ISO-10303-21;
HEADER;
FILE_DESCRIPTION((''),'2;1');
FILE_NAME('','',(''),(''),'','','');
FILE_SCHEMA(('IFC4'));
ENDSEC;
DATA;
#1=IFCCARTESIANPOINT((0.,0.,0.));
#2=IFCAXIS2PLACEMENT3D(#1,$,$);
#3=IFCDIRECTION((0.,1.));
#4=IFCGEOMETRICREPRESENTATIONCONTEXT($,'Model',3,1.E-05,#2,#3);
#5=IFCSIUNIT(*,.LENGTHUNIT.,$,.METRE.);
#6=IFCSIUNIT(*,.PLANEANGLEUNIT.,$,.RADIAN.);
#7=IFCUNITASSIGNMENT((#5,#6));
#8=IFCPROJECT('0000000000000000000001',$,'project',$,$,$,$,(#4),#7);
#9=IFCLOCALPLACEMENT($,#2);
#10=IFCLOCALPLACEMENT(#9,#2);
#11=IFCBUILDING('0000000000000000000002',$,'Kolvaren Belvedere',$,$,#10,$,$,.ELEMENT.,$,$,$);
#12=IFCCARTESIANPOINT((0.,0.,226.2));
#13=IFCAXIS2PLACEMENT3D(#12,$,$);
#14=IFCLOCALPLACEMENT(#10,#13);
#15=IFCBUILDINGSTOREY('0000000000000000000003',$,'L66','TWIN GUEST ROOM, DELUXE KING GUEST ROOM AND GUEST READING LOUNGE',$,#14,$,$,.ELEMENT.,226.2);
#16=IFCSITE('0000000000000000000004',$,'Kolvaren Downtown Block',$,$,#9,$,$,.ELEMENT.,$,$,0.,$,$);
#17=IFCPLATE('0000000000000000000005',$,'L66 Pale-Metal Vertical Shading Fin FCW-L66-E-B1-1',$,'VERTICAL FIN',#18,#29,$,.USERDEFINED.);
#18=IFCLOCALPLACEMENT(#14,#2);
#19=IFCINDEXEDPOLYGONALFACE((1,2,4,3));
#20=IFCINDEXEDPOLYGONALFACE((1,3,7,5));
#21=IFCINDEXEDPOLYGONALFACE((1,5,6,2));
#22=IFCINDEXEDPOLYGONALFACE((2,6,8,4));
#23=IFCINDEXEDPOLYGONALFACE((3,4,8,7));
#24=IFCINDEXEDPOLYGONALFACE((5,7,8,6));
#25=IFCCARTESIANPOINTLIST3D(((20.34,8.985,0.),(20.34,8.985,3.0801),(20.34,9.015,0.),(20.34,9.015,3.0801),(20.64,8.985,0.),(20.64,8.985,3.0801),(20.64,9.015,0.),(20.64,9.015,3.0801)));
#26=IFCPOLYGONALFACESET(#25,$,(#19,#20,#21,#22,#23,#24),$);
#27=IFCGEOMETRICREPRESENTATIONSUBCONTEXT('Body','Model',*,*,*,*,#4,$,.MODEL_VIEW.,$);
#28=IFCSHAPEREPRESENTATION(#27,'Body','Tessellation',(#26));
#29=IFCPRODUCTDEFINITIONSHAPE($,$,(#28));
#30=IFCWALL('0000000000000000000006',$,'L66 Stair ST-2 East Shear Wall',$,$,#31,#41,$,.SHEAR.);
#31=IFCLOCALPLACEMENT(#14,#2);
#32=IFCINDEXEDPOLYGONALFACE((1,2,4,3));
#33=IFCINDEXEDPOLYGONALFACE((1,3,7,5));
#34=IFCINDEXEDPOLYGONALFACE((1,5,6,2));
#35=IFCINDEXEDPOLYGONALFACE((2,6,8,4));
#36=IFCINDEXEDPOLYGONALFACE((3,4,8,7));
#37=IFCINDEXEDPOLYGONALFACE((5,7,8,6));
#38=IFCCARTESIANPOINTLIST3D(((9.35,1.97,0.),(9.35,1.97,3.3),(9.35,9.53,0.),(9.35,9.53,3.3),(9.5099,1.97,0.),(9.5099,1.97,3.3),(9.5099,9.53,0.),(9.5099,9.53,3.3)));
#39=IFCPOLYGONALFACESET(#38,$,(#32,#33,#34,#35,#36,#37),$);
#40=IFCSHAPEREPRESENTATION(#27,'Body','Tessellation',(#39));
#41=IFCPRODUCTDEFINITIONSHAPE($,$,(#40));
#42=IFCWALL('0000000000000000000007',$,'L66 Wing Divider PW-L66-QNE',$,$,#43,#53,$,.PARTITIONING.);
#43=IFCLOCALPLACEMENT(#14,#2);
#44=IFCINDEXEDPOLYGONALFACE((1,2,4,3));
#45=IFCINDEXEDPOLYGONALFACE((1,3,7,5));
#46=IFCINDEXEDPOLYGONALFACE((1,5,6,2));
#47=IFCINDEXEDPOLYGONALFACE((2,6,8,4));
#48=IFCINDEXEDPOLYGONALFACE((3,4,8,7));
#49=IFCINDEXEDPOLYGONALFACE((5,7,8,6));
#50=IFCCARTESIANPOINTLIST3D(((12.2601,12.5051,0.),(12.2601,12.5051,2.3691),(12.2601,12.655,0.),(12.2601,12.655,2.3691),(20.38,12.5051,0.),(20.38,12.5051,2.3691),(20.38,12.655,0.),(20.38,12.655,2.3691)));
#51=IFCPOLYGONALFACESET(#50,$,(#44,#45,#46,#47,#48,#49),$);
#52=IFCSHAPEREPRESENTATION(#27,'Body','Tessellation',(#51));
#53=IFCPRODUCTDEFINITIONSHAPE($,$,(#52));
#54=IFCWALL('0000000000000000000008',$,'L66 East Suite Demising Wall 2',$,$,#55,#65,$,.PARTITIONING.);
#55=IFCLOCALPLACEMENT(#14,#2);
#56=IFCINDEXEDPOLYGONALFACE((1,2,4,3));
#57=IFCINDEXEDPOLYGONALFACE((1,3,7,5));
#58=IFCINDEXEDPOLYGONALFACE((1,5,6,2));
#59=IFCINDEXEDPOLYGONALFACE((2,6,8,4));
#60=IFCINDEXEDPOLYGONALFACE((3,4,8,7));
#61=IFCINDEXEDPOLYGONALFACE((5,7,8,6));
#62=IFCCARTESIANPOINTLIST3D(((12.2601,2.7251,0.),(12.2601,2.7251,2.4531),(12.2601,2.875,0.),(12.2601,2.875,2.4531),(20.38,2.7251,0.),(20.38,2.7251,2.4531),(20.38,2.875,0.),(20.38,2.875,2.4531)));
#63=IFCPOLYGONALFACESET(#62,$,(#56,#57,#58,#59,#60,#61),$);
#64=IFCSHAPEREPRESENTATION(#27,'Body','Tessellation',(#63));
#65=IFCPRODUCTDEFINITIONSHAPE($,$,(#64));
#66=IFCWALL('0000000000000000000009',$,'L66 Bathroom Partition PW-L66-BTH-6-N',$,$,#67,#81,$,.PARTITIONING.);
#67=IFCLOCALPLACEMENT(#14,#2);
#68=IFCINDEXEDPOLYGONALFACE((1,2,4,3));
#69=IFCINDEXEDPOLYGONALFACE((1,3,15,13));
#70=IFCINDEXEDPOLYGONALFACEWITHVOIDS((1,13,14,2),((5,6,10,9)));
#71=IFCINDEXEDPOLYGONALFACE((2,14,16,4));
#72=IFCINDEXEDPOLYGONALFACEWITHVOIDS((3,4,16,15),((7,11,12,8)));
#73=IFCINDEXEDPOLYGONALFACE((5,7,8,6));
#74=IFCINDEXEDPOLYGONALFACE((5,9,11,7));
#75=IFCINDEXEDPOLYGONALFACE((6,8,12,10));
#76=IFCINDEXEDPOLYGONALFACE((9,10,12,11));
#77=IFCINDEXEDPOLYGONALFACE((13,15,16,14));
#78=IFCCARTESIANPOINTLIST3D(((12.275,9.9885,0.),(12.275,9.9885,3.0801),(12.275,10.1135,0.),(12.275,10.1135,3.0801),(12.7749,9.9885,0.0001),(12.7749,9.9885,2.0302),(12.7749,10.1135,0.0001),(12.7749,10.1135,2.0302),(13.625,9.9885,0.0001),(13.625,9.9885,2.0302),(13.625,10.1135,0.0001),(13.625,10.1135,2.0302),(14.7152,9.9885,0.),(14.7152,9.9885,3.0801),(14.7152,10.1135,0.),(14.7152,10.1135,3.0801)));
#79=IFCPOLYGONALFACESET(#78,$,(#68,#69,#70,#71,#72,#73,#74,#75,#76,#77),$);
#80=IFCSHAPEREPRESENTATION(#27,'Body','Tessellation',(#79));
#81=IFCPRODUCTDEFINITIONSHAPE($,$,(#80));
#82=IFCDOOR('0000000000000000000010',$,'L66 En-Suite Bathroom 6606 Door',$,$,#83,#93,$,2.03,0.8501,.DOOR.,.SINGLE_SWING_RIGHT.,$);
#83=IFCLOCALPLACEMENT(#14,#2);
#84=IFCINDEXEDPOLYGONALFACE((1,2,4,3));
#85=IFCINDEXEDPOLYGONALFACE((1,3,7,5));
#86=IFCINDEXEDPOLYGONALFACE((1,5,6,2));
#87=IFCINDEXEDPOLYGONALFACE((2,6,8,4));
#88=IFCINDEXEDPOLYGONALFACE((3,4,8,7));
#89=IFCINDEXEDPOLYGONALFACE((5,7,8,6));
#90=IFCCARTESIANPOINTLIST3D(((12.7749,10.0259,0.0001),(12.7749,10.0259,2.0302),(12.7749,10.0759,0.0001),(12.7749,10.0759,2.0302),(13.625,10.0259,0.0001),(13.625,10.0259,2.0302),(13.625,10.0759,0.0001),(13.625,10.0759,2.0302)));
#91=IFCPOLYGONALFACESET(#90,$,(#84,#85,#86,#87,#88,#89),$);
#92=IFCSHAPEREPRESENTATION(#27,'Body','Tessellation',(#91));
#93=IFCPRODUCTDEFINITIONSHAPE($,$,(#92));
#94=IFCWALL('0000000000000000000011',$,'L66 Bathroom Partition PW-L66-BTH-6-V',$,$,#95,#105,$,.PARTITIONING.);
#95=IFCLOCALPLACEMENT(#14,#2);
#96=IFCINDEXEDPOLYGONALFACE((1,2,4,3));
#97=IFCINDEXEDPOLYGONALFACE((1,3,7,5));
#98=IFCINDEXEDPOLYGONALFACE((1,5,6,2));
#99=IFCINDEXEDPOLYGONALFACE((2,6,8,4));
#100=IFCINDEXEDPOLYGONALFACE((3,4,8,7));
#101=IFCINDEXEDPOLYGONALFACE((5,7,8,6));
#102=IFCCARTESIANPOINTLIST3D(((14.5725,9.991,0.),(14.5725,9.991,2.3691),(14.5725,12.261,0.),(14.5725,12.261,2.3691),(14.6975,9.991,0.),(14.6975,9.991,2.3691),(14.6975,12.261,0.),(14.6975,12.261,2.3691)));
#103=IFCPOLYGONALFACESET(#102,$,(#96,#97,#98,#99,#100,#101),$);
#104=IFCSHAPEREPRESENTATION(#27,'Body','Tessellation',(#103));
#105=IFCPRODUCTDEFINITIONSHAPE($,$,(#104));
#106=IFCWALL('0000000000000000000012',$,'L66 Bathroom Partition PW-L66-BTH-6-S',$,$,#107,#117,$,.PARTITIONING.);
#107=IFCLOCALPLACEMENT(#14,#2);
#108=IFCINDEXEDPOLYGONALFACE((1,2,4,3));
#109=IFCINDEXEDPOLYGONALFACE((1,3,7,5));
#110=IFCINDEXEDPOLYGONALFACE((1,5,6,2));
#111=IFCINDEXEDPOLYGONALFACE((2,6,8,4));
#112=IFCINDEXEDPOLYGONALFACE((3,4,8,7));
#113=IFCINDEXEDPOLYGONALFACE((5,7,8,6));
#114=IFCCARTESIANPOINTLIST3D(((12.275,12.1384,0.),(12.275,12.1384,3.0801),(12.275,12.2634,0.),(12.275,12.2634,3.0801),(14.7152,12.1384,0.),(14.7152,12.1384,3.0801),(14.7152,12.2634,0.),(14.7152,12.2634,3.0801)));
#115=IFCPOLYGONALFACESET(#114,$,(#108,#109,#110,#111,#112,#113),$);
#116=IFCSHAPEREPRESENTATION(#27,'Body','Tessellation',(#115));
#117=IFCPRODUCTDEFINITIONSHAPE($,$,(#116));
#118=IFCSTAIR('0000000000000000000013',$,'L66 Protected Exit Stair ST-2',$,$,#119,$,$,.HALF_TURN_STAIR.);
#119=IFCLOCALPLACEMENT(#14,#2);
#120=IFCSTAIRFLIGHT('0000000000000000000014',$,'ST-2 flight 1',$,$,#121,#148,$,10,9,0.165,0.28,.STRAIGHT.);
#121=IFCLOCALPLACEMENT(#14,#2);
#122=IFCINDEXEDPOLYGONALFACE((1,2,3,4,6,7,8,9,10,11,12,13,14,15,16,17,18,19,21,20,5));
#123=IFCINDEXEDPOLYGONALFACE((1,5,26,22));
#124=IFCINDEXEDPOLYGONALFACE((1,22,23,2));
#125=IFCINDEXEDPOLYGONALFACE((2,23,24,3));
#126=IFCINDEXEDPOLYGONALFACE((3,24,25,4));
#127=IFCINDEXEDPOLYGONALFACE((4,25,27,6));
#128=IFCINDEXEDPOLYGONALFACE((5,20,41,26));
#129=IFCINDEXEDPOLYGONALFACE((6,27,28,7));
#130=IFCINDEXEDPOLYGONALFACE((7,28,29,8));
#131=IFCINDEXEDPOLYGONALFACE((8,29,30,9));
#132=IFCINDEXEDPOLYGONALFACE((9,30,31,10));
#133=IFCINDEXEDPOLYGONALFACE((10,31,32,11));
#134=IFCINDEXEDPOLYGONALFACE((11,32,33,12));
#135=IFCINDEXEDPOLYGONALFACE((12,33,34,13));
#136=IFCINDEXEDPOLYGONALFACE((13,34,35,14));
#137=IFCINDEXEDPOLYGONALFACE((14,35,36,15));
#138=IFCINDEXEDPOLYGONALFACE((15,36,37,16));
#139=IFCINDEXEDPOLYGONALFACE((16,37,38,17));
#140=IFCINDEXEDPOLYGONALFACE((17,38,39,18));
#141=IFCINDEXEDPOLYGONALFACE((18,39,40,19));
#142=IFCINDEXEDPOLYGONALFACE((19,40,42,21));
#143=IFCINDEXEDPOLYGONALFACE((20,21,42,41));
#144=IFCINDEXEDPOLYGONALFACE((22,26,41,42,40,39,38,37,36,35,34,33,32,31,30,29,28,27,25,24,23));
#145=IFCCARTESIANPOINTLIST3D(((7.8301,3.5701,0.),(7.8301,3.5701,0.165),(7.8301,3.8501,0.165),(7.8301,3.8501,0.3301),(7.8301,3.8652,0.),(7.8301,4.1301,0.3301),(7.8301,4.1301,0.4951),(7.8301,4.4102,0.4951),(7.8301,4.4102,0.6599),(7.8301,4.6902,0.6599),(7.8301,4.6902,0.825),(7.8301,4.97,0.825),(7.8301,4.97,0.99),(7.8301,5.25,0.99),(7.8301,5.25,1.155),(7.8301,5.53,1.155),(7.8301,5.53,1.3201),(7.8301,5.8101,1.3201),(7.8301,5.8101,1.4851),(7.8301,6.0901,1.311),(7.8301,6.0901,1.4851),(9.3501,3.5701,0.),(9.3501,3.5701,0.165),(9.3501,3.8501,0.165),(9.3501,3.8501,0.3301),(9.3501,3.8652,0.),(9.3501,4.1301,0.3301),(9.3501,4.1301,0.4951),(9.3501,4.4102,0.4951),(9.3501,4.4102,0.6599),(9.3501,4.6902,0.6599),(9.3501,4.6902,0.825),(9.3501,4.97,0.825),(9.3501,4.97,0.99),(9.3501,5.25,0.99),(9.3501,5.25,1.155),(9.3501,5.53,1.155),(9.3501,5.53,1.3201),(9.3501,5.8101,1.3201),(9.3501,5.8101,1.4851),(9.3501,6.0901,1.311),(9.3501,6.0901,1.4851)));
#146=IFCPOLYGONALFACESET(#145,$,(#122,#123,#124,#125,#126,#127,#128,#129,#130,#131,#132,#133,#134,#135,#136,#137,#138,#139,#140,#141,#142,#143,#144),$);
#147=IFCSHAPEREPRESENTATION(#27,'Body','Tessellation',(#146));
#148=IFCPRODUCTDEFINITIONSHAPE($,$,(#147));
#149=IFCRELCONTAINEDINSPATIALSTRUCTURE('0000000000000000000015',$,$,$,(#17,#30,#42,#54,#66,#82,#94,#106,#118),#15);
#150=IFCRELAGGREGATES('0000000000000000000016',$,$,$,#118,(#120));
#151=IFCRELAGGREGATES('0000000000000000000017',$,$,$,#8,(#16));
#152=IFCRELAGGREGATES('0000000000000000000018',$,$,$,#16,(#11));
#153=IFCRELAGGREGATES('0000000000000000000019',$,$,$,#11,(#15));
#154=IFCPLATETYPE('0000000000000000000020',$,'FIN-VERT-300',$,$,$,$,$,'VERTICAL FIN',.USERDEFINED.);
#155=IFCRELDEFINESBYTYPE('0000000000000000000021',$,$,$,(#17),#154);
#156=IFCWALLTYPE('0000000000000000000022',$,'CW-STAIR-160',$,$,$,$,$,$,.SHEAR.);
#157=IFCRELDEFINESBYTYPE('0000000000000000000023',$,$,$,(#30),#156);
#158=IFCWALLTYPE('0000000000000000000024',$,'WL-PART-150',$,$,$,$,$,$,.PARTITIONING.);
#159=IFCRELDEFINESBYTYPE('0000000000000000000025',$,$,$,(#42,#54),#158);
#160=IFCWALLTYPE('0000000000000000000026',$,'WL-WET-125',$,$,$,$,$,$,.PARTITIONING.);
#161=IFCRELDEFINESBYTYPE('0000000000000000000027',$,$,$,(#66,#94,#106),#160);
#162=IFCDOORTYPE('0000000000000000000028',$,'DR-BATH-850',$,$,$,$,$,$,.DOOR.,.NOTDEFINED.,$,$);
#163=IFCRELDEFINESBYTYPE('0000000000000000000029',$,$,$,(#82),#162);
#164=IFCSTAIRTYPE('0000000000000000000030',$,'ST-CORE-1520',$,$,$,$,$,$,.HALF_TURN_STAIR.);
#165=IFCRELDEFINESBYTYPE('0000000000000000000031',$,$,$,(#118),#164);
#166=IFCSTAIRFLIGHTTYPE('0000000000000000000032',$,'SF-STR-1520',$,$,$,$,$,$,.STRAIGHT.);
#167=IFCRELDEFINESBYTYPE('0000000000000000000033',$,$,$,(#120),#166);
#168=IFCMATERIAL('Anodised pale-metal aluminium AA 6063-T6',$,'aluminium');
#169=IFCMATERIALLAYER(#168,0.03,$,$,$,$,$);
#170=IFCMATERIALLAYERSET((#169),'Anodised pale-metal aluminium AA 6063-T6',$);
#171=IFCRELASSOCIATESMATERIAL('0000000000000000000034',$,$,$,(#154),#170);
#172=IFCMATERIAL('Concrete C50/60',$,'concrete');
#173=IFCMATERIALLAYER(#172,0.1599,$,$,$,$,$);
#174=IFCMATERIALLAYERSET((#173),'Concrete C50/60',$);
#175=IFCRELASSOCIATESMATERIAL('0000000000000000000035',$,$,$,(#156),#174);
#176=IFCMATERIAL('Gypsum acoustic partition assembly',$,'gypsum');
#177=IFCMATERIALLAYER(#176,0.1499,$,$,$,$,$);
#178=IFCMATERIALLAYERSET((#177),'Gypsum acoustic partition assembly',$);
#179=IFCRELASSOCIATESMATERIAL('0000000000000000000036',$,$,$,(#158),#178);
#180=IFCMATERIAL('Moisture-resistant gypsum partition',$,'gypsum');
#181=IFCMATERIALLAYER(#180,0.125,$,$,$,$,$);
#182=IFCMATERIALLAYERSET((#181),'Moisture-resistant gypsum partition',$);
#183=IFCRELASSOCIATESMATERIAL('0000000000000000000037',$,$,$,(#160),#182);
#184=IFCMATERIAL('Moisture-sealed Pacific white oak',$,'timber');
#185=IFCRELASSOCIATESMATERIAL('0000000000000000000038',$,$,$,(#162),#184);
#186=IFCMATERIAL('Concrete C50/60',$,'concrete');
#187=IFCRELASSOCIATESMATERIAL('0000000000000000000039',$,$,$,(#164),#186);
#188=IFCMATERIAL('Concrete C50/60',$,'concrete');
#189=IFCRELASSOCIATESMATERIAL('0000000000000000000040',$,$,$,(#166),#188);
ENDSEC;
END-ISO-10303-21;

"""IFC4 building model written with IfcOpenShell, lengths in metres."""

from ifc_helpers import new_model, si_unit, direction, frame, frame_2d, origin, origin_2d, place, context, subcontext, project, spatial, polyline, rectangle, outline, extrude, material, layer, layer_set, type_object, element, fill, aggregate, save


model = new_model("IFC4")

# Units and contexts
model_context = context("Model", 3, precision=1e-05, world=origin(), true_north=direction((0.0, 1.0)))
body_context = subcontext(model_context, "Body", "Model", "MODEL_VIEW")
ifc_project = project(units=[si_unit("LENGTHUNIT", "METRE"), si_unit("PLANEANGLEUNIT", "RADIAN")], contexts=[model_context])

# Site, building, storey
site_placement = place(None, origin())
site = spatial("IfcSite", under=ifc_project, at=site_placement, Name="Kolvaren Downtown Block", CompositionType="ELEMENT", RefElevation=0.0)
building_placement = place(site_placement, origin())
building = spatial("IfcBuilding", under=site, at=building_placement, Name="Kolvaren Belvedere", CompositionType="ELEMENT")
storey_placement = place(building_placement, frame((0.0, 0.0, 226.2)))
storey = spatial("IfcBuildingStorey", under=building, at=storey_placement, Name="L66", Description="TWIN GUEST ROOM, DELUXE KING GUEST ROOM AND GUEST READING LOUNGE", CompositionType="ELEMENT", Elevation=226.2)

# Plate
ifc_material_1 = material(Name="Anodised pale-metal aluminium AA 6063-T6", Category="aluminium")
ifc_layer_1 = layer(ifc_material_1, 0.03)
ifc_layer_set_1 = layer_set([ifc_layer_1], Name="Anodised pale-metal aluminium AA 6063-T6")
plate_type_1 = type_object("IfcPlateType", Name="FIN-VERT-300", ElementType="VERTICAL FIN", PredefinedType="USERDEFINED", material=ifc_layer_set_1)
plate_1_placement = place(storey_placement, frame((20.49, 9.0, 0.0), z_axis=(0.0, 0.0, 1.0), x_axis=(1.0, 0.0, 0.0)))
element("IfcPlate", 1, at=plate_1_placement, inside=storey, type_object=plate_type_1, Name="L66 Pale-Metal Vertical Shading Fin FCW-L66-E-B1-1", ObjectType="VERTICAL FIN", PredefinedType="USERDEFINED", context=body_context, shape_type="SweptSolid", body=[
    extrude(rectangle(XDim=0.3, YDim=0.03, at=origin_2d()), origin(), (0.0, 0.0, 1.0), 3.0801),
])

# Walls
ifc_material_2 = material(Name="Concrete C50/60", Category="concrete")
ifc_layer_2 = layer(ifc_material_2, 0.1599)
ifc_layer_set_2 = layer_set([ifc_layer_2], Name="Concrete C50/60")
wall_type_1 = type_object("IfcWallType", Name="CW-STAIR-160", PredefinedType="SHEAR", material=ifc_layer_set_2)
wall_1_placement = place(storey_placement, frame((9.4299, 1.97, 0.0), z_axis=(0.0, 0.0, 1.0), x_axis=(0.0, 1.0, 0.0)))
element("IfcWall", 2, at=wall_1_placement, inside=storey, type_object=wall_type_1, Name="L66 Stair ST-2 East Shear Wall", PredefinedType="SHEAR", context=body_context, shape_type="SweptSolid", body=[
    extrude(rectangle(XDim=7.5601, YDim=0.1599, at=frame_2d((3.78, 0.0))), origin(), (0.0, 0.0, 1.0), 3.3),
])
ifc_material_3 = material(Name="Gypsum acoustic partition assembly", Category="gypsum")
ifc_layer_3 = layer(ifc_material_3, 0.1499)
ifc_layer_set_3 = layer_set([ifc_layer_3], Name="Gypsum acoustic partition assembly")
wall_type_2 = type_object("IfcWallType", Name="WL-PART-150", PredefinedType="PARTITIONING", material=ifc_layer_set_3)
wall_2_placement = place(storey_placement, frame((12.26, 12.5801, 0.0), z_axis=(0.0, 0.0, 1.0), x_axis=(1.0, 0.0, 0.0)))
element("IfcWall", 3, at=wall_2_placement, inside=storey, type_object=wall_type_2, Name="L66 Wing Divider PW-L66-QNE", PredefinedType="PARTITIONING", context=body_context, shape_type="SweptSolid", body=[
    extrude(rectangle(XDim=8.1199, YDim=0.1499, at=frame_2d((4.0601, 0.0))), origin(), (0.0, 0.0, 1.0), 2.3691),
])
wall_3_placement = place(storey_placement, frame((12.26, 2.8, 0.0), z_axis=(0.0, 0.0, 1.0), x_axis=(1.0, 0.0, 0.0)))
element("IfcWall", 4, at=wall_3_placement, inside=storey, type_object=wall_type_2, Name="L66 East Suite Demising Wall 2", PredefinedType="PARTITIONING", context=body_context, shape_type="SweptSolid", body=[
    extrude(rectangle(XDim=8.1199, YDim=0.1499, at=frame_2d((4.0601, 0.0))), origin(), (0.0, 0.0, 1.0), 2.4531),
])

# Wall, opening, door
ifc_material_4 = material(Name="Moisture-resistant gypsum partition", Category="gypsum")
ifc_layer_4 = layer(ifc_material_4, 0.125)
ifc_layer_set_4 = layer_set([ifc_layer_4], Name="Moisture-resistant gypsum partition")
wall_type_3 = type_object("IfcWallType", Name="WL-WET-125", PredefinedType="PARTITIONING", material=ifc_layer_set_4)
wall_4_placement = place(storey_placement, frame((12.2749, 10.051, 0.0), z_axis=(0.0, 0.0, 1.0), x_axis=(1.0, 0.0, 0.0)))
wall_4 = element("IfcWall", 5, at=wall_4_placement, inside=storey, type_object=wall_type_3, Name="L66 Bathroom Partition PW-L66-BTH-6-N", PredefinedType="PARTITIONING", context=body_context, shape_type="SweptSolid", body=[
    extrude(rectangle(XDim=2.4402, YDim=0.125, at=frame_2d((1.2202, 0.0))), origin(), (0.0, 0.0, 1.0), 3.0801),
])
opening_placement = place(wall_4_placement, frame((0.5, 0.0, 0.0)))
opening = element("IfcOpeningElement", 6, at=opening_placement, cuts=wall_4, PredefinedType="OPENING", context=body_context, shape_type="SweptSolid", body=[
    extrude(rectangle(XDim=0.8501, YDim=2.03, at=frame_2d((0.425, 1.0151))), frame((0.0, 0.0725, 0.0), z_axis=(0.0, -1.0, 0.0), x_axis=(1.0, 0.0, 0.0)), (0.0, 0.0, 1.0), 0.145),
])
ifc_material_5 = material(Name="Moisture-sealed Pacific white oak", Category="timber")
door_type = type_object("IfcDoorType", Name="DR-BATH-850", OperationType="NOTDEFINED", PredefinedType="DOOR", material=ifc_material_5)
door_placement = place(opening_placement, origin())
door = element("IfcDoor", 7, at=door_placement, inside=storey, type_object=door_type, Name="L66 En-Suite Bathroom 6606 Door", OperationType="SINGLE_SWING_RIGHT", OverallHeight=2.03, OverallWidth=0.8501, PredefinedType="DOOR", context=body_context, shape_type="SweptSolid", body=[
    extrude(rectangle(XDim=0.8501, YDim=2.03, at=frame_2d((0.425, 1.0151))), frame((0.0, 0.0249, 0.0), z_axis=(0.0, -1.0, 0.0), x_axis=(1.0, 0.0, 0.0)), (0.0, 0.0, 1.0), 0.05),
])
fill(opening, door)

# Walls
wall_5_placement = place(storey_placement, frame((14.635, 9.991, 0.0), z_axis=(0.0, 0.0, 1.0), x_axis=(0.0, 1.0, 0.0)))
element("IfcWall", 8, at=wall_5_placement, inside=storey, type_object=wall_type_3, Name="L66 Bathroom Partition PW-L66-BTH-6-V", PredefinedType="PARTITIONING", context=body_context, shape_type="SweptSolid", body=[
    extrude(rectangle(XDim=2.27, YDim=0.125, at=frame_2d((1.135, 0.0))), origin(), (0.0, 0.0, 1.0), 2.3691),
])
wall_6_placement = place(storey_placement, frame((12.2749, 12.2009, 0.0), z_axis=(0.0, 0.0, 1.0), x_axis=(1.0, 0.0, 0.0)))
element("IfcWall", 9, at=wall_6_placement, inside=storey, type_object=wall_type_3, Name="L66 Bathroom Partition PW-L66-BTH-6-S", PredefinedType="PARTITIONING", context=body_context, shape_type="SweptSolid", body=[
    extrude(rectangle(XDim=2.4402, YDim=0.125, at=frame_2d((1.2202, 0.0))), origin(), (0.0, 0.0, 1.0), 3.0801),
])

# Stair, stair flight
ifc_material_6 = material(Name="Concrete C50/60", Category="concrete")
stair_type = type_object("IfcStairType", Name="ST-CORE-1520", PredefinedType="HALF_TURN_STAIR", material=ifc_material_6)
stair_placement = place(storey_placement, origin())
stair = element("IfcStair", 10, at=stair_placement, inside=storey, type_object=stair_type, Name="L66 Protected Exit Stair ST-2", PredefinedType="HALF_TURN_STAIR")
ifc_material_7 = material(Name="Concrete C50/60", Category="concrete")
stair_flight_type = type_object("IfcStairFlightType", Name="SF-STR-1520", PredefinedType="STRAIGHT", material=ifc_material_7)
stair_flight_placement = place(storey_placement, frame((8.5901, 3.5701, 0.0), z_axis=(0.0, 0.0, 1.0), x_axis=(0.0, 1.0, 0.0)))
stair_flight = element("IfcStairFlight", 11, at=stair_flight_placement, type_object=stair_flight_type, Name="ST-2 flight 1", NumberOfRisers=10, NumberOfTreads=9, PredefinedType="STRAIGHT", RiserHeight=0.165, TreadLength=0.28, context=body_context, shape_type="SweptSolid", body=[
    extrude(outline(polyline([(0.0, 0.0), (0.0, 0.165), (0.28, 0.165), (0.28, 0.3301), (0.5601, 0.3301), (0.5601, 0.4951), (0.8401, 0.4951), (0.8401, 0.6599), (1.1201, 0.6599), (1.1201, 0.825), (1.3999, 0.825), (1.3999, 0.99), (1.6799, 0.99), (1.6799, 1.155), (1.96, 1.155), (1.96, 1.3201), (2.24, 1.3201), (2.24, 1.4851), (2.52, 1.4851), (2.52, 1.6499), (2.52, 1.311), (0.2952, 0.0), (0.0, 0.0)])), frame((0.0, 0.76, 0.0), z_axis=(0.0, -1.0, 0.0), x_axis=(1.0, 0.0, 0.0)), (0.0, 0.0, 1.0), 1.52),
])
aggregate(stair, [stair_flight])

save(model, "model.ifc")
